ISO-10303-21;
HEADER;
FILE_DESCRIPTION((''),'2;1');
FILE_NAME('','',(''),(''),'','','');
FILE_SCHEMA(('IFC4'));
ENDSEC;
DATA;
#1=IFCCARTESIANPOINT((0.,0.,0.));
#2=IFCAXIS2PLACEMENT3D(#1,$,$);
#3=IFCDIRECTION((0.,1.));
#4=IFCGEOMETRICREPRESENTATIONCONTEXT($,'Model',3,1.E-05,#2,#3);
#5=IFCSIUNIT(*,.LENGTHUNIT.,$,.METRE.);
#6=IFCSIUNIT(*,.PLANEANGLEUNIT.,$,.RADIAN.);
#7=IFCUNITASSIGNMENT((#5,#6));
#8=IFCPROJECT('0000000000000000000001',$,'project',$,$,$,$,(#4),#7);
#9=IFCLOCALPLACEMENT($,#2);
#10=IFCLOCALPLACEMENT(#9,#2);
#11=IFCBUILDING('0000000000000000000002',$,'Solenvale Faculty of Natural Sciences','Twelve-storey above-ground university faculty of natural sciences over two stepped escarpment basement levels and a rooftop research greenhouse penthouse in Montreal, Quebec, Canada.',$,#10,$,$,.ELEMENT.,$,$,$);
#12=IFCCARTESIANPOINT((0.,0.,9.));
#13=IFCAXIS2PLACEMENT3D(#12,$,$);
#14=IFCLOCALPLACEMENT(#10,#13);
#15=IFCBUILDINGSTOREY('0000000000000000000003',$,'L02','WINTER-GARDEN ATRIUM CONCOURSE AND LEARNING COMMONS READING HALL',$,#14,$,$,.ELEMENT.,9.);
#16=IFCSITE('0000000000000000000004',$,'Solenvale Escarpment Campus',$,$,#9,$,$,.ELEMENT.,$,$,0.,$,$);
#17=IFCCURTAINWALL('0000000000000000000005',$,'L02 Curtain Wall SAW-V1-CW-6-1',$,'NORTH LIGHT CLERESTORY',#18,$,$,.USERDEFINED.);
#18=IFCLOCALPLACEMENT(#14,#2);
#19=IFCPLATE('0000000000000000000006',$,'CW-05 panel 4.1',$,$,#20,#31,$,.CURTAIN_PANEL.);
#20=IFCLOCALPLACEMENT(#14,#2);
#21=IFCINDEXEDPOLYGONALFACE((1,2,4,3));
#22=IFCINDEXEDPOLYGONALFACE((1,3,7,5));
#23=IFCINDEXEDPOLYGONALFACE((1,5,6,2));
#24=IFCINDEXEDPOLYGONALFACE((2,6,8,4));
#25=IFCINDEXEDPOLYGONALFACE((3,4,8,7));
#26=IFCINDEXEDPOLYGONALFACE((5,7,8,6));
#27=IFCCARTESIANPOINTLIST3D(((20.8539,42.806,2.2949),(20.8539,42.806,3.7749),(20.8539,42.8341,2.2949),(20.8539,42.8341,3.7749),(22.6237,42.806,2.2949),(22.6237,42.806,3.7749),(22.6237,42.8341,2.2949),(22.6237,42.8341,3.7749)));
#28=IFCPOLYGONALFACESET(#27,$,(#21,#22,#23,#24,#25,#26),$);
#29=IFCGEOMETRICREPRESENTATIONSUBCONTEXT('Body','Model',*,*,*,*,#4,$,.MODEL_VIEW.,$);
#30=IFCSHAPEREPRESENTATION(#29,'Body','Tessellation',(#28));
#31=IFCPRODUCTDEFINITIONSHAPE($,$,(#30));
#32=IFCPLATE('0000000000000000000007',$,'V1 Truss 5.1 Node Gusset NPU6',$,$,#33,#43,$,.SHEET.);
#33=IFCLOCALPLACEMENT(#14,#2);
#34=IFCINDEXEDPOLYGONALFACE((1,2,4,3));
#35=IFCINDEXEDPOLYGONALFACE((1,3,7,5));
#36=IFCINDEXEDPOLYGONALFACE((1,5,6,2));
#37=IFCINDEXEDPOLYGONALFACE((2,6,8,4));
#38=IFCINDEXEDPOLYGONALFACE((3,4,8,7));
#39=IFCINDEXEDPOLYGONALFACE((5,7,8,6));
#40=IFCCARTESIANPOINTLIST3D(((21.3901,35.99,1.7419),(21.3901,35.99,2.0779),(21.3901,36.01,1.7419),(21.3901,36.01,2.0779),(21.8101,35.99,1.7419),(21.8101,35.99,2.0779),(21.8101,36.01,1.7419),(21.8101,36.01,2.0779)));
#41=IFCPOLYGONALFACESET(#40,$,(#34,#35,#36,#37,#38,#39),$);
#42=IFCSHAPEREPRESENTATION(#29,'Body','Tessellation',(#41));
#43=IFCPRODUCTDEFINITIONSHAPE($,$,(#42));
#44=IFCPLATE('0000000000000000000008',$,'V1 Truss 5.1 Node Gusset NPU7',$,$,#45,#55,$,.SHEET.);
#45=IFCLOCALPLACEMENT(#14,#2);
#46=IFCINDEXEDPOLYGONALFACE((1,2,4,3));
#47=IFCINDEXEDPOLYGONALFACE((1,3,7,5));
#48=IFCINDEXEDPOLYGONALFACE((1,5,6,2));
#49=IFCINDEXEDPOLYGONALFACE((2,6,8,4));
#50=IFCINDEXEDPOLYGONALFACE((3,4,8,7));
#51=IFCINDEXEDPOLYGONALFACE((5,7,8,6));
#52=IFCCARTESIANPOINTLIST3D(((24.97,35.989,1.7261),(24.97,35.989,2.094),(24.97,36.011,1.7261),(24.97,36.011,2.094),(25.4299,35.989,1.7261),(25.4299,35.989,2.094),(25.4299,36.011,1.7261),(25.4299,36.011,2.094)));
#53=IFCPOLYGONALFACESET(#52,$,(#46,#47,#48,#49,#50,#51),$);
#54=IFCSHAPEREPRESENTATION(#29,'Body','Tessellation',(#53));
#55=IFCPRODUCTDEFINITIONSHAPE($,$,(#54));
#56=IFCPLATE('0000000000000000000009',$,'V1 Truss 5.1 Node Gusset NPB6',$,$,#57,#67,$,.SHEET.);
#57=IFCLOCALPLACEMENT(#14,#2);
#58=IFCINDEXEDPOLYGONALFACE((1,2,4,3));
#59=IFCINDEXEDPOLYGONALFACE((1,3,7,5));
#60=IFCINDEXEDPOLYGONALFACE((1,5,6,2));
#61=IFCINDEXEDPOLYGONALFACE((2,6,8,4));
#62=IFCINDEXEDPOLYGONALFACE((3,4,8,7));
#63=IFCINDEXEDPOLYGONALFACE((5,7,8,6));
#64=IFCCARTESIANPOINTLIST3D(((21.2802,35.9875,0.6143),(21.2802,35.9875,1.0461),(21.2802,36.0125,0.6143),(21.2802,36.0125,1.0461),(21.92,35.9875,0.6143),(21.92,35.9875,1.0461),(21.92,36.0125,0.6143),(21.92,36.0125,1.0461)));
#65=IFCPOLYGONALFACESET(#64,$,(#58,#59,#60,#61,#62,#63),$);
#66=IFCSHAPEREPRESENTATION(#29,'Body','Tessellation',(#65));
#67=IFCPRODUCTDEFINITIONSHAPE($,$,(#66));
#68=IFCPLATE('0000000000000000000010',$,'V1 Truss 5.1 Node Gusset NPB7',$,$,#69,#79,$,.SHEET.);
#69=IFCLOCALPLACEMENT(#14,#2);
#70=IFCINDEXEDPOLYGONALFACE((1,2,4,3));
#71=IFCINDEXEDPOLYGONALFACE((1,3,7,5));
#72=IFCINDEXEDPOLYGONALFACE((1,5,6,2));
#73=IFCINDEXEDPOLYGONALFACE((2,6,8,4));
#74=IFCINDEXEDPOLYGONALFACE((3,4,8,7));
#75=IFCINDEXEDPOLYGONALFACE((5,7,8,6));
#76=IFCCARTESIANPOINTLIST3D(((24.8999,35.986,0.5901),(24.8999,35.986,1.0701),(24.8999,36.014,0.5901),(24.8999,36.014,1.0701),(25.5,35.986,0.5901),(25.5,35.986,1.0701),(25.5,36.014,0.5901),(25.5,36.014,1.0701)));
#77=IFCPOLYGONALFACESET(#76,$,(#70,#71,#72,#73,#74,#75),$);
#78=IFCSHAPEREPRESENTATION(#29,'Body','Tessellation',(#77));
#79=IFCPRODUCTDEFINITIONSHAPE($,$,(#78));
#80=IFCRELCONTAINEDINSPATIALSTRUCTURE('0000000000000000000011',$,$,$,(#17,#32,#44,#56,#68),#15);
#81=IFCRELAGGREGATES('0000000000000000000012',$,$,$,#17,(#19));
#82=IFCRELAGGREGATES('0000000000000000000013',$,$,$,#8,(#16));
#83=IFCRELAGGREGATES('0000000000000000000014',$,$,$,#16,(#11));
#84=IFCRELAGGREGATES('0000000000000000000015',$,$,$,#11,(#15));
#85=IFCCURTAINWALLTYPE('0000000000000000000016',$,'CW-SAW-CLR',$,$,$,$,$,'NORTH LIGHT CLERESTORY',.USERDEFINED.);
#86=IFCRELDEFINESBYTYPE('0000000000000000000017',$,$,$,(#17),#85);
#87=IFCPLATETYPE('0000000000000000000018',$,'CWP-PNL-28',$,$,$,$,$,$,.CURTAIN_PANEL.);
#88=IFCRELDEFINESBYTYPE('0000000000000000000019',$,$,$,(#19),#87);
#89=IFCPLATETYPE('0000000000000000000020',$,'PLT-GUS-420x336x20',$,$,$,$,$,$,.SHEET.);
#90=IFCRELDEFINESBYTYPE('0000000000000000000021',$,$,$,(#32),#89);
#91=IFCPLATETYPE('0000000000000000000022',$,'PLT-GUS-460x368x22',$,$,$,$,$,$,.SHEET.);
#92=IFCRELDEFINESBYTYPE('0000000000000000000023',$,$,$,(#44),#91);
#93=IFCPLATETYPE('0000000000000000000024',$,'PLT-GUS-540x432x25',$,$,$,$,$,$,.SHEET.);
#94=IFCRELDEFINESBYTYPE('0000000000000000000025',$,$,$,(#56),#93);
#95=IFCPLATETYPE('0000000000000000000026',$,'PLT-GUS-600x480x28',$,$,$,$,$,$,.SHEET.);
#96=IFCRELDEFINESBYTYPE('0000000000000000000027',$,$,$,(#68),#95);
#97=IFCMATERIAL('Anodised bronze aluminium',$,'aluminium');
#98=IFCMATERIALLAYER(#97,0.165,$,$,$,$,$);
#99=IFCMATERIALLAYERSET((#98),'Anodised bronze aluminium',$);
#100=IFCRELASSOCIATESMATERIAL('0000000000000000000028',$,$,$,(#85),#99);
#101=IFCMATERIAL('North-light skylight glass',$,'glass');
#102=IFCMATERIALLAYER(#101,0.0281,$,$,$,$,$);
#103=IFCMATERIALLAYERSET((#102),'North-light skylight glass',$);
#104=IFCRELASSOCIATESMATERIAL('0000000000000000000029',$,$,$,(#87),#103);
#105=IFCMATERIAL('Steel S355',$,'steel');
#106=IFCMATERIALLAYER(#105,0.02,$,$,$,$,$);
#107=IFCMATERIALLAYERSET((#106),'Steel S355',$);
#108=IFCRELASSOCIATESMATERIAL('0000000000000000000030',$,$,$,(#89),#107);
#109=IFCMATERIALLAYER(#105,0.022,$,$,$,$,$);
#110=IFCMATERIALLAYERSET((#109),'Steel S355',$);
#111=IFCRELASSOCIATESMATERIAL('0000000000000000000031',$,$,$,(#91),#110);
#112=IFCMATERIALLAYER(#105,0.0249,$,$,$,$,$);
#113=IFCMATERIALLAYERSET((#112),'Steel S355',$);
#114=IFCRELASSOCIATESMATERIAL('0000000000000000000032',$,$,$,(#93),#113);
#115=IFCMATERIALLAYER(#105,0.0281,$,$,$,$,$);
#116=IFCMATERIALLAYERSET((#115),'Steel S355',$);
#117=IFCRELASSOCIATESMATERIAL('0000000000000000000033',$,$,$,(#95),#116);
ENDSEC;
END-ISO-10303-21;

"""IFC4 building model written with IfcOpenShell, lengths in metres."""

from ifc_helpers import new_model, si_unit, direction, frame, origin, origin_2d, place, context, subcontext, project, spatial, rectangle, extrude, material, layer, layer_set, type_object, element, aggregate, save


model = new_model("IFC4")

# Units and contexts
model_context = context("Model", 3, precision=1e-05, world=origin(), true_north=direction((0.0, 1.0)))
body_context = subcontext(model_context, "Body", "Model", "MODEL_VIEW")
ifc_project = project(units=[si_unit("LENGTHUNIT", "METRE"), si_unit("PLANEANGLEUNIT", "RADIAN")], contexts=[model_context])

# Site, building, storey
site_placement = place(None, origin())
site = spatial("IfcSite", under=ifc_project, at=site_placement, Name="Solenvale Escarpment Campus", CompositionType="ELEMENT", RefElevation=0.0)
building_placement = place(site_placement, origin())
building = spatial("IfcBuilding", under=site, at=building_placement, Name="Solenvale Faculty of Natural Sciences", Description="Twelve-storey above-ground university faculty of natural sciences over two stepped escarpment basement levels and a rooftop research greenhouse penthouse in Montreal, Quebec, Canada.", CompositionType="ELEMENT")
storey_placement = place(building_placement, frame((0.0, 0.0, 9.0)))
storey = spatial("IfcBuildingStorey", under=building, at=storey_placement, Name="L02", Description="WINTER-GARDEN ATRIUM CONCOURSE AND LEARNING COMMONS READING HALL", CompositionType="ELEMENT", Elevation=9.0)

# Curtain wall
ifc_material_1 = material(Name="Anodised bronze aluminium", Category="aluminium")
ifc_layer_1 = layer(ifc_material_1, 0.165)
ifc_layer_set_1 = layer_set([ifc_layer_1], Name="Anodised bronze aluminium")
curtain_wall_type = type_object("IfcCurtainWallType", Name="CW-SAW-CLR", ElementType="NORTH LIGHT CLERESTORY", PredefinedType="USERDEFINED", material=ifc_layer_set_1)
curtain_wall_1_placement = place(storey_placement, origin())
curtain_wall_1 = element("IfcCurtainWall", 1, at=curtain_wall_1_placement, inside=storey, type_object=curtain_wall_type, Name="L02 Curtain Wall SAW-V1-CW-6-1", ObjectType="NORTH LIGHT CLERESTORY", PredefinedType="USERDEFINED")

# Shared definitions
ifc_material_2 = material(Name="Steel S355", Category="steel")

# Plate
ifc_material_3 = material(Name="North-light skylight glass", Category="glass")
ifc_layer_2 = layer(ifc_material_3, 0.0281)
ifc_layer_set_2 = layer_set([ifc_layer_2], Name="North-light skylight glass")
plate_type_1 = type_object("IfcPlateType", Name="CWP-PNL-28", PredefinedType="CURTAIN_PANEL", material=ifc_layer_set_2)
plate_1_placement = place(storey_placement, frame((21.7388, 42.8201, 2.2949), z_axis=(0.0, 0.0, 1.0), x_axis=(-1.0, 0.0, 0.0)))
plate_1 = element("IfcPlate", 2, at=plate_1_placement, type_object=plate_type_1, Name="CW-05 panel 4.1", PredefinedType="CURTAIN_PANEL", context=body_context, shape_type="SweptSolid", body=[
    extrude(rectangle(XDim=1.7698, YDim=0.0281, at=origin_2d()), origin(), (0.0, 0.0, 1.0), 1.48),
])
aggregate(curtain_wall_1, [plate_1])

# Plates
ifc_layer_3 = layer(ifc_material_2, 0.02)
ifc_layer_set_3 = layer_set([ifc_layer_3], Name="Steel S355")
plate_type_2 = type_object("IfcPlateType", Name="PLT-GUS-420x336x20", PredefinedType="SHEET", material=ifc_layer_set_3)
plate_2_placement = place(storey_placement, frame((21.6001, 36.0, 1.7419), z_axis=(0.0, 0.0, 1.0), x_axis=(1.0, 0.0, 0.0)))
element("IfcPlate", 3, at=plate_2_placement, inside=storey, type_object=plate_type_2, Name="V1 Truss 5.1 Node Gusset NPU6", PredefinedType="SHEET", context=body_context, shape_type="SweptSolid", body=[
    extrude(rectangle(XDim=0.4199, YDim=0.02, at=origin_2d()), origin(), (0.0, 0.0, 1.0), 0.3359),
])
ifc_layer_4 = layer(ifc_material_2, 0.022)
ifc_layer_set_4 = layer_set([ifc_layer_4], Name="Steel S355")
plate_type_3 = type_object("IfcPlateType", Name="PLT-GUS-460x368x22", PredefinedType="SHEET", material=ifc_layer_set_4)
plate_3_placement = place(storey_placement, frame((25.2, 36.0, 1.7261), z_axis=(0.0, 0.0, 1.0), x_axis=(1.0, 0.0, 0.0)))
element("IfcPlate", 4, at=plate_3_placement, inside=storey, type_object=plate_type_3, Name="V1 Truss 5.1 Node Gusset NPU7", PredefinedType="SHEET", context=body_context, shape_type="SweptSolid", body=[
    extrude(rectangle(XDim=0.46, YDim=0.022, at=origin_2d()), origin(), (0.0, 0.0, 1.0), 0.3679),
])
ifc_layer_5 = layer(ifc_material_2, 0.0249)
ifc_layer_set_5 = layer_set([ifc_layer_5], Name="Steel S355")
plate_type_4 = type_object("IfcPlateType", Name="PLT-GUS-540x432x25", PredefinedType="SHEET", material=ifc_layer_set_5)
plate_4_placement = place(storey_placement, frame((21.6001, 36.0, 0.6143), z_axis=(0.0, 0.0, 1.0), x_axis=(1.0, 0.0, 0.0)))
element("IfcPlate", 5, at=plate_4_placement, inside=storey, type_object=plate_type_4, Name="V1 Truss 5.1 Node Gusset NPB6", PredefinedType="SHEET", context=body_context, shape_type="SweptSolid", body=[
    extrude(rectangle(XDim=0.6399, YDim=0.0249, at=origin_2d()), origin(), (0.0, 0.0, 1.0), 0.4319),
])
ifc_layer_6 = layer(ifc_material_2, 0.0281)
ifc_layer_set_6 = layer_set([ifc_layer_6], Name="Steel S355")
plate_type_5 = type_object("IfcPlateType", Name="PLT-GUS-600x480x28", PredefinedType="SHEET", material=ifc_layer_set_6)
plate_5_placement = place(storey_placement, frame((25.2, 36.0, 0.5901), z_axis=(0.0, 0.0, 1.0), x_axis=(1.0, 0.0, 0.0)))
element("IfcPlate", 6, at=plate_5_placement, inside=storey, type_object=plate_type_5, Name="V1 Truss 5.1 Node Gusset NPB7", PredefinedType="SHEET", context=body_context, shape_type="SweptSolid", body=[
    extrude(rectangle(XDim=0.6001, YDim=0.0281, at=origin_2d()), origin(), (0.0, 0.0, 1.0), 0.48),
])

save(model, "model.ifc")
